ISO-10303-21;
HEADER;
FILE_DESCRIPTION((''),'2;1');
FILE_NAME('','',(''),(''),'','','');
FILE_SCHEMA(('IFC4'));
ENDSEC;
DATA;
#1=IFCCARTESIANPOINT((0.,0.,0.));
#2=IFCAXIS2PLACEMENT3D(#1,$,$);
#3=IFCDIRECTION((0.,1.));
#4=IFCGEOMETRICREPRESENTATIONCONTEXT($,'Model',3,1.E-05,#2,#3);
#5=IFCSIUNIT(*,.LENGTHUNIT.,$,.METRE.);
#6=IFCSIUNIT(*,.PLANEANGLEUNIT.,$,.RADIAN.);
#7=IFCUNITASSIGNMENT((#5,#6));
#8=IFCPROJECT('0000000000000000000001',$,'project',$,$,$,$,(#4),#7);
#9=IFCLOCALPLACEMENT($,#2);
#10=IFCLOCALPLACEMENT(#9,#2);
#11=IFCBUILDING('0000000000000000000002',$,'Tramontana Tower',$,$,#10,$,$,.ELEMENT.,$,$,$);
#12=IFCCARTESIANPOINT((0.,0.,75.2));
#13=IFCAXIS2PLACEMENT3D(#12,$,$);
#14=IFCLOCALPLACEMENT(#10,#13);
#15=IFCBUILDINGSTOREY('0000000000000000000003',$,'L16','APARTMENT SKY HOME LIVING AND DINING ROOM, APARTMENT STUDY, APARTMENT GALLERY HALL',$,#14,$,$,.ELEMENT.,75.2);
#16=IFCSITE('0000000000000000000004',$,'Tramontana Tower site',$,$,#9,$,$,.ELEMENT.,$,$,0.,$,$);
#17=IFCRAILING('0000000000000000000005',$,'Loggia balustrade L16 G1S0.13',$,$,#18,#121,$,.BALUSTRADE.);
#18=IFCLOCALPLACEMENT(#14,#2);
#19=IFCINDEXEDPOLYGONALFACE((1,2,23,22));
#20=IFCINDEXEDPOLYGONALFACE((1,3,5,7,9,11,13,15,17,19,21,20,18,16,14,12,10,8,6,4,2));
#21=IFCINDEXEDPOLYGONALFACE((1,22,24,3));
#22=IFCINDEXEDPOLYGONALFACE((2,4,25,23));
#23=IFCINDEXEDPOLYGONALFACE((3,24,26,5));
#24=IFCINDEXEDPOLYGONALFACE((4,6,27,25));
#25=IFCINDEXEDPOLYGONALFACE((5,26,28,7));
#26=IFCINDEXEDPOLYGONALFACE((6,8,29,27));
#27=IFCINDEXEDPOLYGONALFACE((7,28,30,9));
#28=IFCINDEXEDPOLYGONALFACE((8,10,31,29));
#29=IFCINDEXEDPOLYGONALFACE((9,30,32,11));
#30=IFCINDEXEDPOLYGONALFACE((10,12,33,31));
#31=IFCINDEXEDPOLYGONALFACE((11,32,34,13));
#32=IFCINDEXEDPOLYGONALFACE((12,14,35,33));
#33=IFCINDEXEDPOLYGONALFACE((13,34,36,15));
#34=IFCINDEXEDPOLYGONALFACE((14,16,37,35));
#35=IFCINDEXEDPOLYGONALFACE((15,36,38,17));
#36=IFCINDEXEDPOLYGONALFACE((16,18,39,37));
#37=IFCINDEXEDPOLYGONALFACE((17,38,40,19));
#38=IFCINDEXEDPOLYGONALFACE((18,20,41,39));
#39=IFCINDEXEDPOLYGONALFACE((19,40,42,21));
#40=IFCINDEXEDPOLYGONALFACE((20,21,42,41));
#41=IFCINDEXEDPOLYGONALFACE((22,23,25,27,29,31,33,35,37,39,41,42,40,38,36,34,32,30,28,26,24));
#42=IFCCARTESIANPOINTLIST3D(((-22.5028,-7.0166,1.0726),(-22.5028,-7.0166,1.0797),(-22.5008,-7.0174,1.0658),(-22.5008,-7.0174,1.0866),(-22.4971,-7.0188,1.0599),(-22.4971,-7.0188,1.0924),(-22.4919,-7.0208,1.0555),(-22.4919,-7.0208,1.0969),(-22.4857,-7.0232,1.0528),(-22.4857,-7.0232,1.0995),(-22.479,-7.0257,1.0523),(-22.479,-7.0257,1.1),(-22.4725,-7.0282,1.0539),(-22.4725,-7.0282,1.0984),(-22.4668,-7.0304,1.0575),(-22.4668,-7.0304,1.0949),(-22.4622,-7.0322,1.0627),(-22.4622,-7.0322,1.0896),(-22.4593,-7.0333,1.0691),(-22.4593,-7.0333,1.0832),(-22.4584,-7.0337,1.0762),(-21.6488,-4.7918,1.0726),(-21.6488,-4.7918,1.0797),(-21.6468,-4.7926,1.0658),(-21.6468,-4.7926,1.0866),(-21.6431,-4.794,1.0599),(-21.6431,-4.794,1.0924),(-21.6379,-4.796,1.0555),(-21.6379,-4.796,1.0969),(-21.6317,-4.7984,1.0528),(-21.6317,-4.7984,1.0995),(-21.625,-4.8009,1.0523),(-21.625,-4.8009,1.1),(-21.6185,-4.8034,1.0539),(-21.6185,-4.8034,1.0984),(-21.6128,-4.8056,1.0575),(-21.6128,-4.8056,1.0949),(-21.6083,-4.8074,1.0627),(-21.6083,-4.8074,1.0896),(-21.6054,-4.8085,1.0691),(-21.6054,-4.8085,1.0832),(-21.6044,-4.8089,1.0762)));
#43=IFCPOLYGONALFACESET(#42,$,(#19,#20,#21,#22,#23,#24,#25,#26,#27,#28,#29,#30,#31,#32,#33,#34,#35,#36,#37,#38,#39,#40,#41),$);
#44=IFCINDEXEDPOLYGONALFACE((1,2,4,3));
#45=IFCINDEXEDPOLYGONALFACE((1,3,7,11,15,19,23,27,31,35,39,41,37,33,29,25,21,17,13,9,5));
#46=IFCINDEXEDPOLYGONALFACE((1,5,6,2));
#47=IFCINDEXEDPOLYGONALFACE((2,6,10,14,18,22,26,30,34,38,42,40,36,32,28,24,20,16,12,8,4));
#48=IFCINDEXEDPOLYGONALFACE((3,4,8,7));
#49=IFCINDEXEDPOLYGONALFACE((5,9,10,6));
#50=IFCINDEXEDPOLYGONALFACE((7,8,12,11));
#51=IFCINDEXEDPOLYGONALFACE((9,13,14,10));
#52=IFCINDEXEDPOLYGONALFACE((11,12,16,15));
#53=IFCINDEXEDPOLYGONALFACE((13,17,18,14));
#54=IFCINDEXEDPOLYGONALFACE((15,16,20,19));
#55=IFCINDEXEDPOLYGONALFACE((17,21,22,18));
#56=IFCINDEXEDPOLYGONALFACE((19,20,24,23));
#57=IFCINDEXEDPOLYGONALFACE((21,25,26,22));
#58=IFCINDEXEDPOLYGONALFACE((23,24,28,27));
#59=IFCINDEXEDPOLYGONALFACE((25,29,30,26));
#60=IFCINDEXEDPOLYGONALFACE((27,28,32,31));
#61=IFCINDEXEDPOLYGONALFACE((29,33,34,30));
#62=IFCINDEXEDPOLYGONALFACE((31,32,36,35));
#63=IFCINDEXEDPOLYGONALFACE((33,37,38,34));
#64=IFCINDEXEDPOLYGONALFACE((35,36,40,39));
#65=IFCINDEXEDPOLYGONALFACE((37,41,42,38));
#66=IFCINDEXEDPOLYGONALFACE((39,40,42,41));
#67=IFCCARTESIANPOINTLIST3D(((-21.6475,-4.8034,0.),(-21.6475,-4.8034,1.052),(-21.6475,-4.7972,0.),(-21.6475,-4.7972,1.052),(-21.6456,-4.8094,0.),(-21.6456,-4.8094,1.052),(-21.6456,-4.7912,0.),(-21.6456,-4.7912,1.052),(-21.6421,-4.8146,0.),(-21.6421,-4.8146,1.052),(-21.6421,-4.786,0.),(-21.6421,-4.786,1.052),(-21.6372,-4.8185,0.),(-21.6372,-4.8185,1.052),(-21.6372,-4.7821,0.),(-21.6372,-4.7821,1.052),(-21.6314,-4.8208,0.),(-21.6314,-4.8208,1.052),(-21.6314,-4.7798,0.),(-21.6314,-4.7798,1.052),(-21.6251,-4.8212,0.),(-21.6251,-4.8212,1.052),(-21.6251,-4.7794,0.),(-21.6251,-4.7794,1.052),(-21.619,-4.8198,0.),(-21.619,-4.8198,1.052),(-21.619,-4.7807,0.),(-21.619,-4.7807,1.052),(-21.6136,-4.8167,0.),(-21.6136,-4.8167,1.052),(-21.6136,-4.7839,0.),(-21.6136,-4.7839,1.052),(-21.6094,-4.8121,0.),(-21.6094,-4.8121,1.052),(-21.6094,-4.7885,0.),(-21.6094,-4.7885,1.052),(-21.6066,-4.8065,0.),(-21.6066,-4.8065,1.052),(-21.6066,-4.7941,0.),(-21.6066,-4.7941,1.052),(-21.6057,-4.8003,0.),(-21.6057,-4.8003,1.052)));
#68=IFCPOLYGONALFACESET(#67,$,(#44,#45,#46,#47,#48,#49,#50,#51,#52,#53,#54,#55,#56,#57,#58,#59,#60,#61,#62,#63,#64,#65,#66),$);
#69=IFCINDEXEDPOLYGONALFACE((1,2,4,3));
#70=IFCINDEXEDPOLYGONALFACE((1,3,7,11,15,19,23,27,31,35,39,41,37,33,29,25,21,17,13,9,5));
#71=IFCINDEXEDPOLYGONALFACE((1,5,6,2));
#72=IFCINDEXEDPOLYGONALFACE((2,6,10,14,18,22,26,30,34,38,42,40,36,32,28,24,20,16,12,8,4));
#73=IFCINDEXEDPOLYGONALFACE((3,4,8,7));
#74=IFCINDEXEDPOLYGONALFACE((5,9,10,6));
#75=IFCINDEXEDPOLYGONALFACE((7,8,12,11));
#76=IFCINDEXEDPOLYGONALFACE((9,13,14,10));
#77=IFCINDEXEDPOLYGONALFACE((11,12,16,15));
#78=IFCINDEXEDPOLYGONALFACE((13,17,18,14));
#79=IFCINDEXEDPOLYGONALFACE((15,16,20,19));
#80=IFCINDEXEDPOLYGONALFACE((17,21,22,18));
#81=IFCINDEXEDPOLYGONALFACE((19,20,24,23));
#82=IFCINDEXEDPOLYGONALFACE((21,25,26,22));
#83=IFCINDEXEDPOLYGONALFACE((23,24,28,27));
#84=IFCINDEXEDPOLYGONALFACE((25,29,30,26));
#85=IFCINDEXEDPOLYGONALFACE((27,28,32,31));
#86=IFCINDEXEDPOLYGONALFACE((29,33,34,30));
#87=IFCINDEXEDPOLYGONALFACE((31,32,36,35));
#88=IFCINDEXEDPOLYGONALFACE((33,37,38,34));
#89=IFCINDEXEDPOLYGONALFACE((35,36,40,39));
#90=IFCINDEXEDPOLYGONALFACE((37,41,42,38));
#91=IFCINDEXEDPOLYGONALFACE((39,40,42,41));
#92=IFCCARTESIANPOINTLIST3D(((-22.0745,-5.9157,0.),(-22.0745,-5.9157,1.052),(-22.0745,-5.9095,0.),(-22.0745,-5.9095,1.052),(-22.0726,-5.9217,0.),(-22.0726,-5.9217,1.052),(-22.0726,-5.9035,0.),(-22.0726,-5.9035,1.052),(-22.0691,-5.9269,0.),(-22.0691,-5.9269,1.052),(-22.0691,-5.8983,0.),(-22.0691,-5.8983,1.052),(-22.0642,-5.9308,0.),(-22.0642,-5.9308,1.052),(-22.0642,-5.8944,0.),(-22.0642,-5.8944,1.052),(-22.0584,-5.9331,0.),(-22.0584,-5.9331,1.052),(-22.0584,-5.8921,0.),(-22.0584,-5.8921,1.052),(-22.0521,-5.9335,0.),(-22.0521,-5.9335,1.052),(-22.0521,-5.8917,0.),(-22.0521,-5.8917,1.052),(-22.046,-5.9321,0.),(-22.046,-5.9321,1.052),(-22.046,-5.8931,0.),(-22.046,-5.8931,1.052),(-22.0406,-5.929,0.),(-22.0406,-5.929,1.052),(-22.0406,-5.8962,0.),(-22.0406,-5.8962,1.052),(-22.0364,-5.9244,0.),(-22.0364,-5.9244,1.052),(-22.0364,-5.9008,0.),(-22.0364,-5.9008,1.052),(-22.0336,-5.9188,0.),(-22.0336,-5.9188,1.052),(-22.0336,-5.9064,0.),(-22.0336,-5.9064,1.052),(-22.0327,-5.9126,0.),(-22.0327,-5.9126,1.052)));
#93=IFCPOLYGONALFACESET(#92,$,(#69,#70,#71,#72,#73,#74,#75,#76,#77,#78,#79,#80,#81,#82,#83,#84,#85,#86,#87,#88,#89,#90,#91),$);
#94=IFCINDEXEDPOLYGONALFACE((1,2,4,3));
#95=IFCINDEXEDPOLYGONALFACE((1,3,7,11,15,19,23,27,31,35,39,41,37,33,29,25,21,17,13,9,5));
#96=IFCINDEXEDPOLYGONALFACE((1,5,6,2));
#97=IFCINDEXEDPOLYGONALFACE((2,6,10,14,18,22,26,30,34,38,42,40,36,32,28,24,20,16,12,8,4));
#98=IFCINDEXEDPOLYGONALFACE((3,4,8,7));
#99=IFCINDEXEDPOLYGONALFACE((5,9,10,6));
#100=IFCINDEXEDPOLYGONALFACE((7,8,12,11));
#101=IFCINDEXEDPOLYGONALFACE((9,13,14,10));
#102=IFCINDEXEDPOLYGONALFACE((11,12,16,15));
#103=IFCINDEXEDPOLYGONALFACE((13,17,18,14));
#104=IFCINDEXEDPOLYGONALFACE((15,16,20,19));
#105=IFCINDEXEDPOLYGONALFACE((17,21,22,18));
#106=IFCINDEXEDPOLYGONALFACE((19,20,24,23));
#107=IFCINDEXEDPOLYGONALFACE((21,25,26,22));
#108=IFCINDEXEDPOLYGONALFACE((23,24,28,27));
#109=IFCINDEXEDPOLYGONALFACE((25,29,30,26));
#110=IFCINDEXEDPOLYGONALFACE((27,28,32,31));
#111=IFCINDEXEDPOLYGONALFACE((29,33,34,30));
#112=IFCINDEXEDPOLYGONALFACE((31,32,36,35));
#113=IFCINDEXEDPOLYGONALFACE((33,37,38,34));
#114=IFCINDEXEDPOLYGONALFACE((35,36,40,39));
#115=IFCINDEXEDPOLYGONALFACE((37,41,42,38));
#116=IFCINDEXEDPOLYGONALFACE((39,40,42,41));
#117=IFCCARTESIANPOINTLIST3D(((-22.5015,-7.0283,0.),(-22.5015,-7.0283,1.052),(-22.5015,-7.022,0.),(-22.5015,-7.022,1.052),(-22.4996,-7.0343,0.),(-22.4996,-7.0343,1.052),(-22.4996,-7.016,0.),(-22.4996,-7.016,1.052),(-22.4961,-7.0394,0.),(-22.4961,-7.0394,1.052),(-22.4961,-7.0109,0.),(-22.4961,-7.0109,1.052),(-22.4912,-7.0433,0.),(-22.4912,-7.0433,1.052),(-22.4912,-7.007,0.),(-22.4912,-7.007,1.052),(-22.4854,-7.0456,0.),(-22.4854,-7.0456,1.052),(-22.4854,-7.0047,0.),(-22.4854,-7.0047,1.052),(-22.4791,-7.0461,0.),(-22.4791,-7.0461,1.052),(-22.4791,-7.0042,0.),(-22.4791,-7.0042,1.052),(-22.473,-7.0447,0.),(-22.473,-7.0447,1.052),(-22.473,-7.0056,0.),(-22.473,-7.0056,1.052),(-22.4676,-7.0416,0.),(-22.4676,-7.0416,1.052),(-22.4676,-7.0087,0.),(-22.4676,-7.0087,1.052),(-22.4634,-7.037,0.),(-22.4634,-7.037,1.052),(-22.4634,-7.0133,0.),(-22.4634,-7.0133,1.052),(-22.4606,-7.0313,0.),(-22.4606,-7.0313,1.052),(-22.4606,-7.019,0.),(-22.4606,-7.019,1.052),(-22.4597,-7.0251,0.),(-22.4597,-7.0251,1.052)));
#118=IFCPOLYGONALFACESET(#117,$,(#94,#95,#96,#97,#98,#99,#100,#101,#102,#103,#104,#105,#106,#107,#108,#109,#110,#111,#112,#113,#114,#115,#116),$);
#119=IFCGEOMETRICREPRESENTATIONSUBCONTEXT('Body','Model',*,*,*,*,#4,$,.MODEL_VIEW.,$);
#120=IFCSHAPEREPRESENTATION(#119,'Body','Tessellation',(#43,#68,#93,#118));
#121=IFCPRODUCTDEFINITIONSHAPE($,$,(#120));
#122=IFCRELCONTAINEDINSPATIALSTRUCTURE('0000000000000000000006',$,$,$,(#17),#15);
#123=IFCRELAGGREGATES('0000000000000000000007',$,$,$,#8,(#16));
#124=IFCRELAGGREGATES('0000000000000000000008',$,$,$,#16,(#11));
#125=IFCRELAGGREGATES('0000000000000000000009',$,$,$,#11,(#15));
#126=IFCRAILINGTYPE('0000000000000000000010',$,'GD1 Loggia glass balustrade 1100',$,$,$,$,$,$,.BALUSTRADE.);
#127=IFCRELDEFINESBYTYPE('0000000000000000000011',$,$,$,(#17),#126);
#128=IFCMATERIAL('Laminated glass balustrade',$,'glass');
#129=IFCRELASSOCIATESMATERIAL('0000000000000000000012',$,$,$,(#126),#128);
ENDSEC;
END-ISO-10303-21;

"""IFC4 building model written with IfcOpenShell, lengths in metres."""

from ifc_helpers import new_model, si_unit, direction, frame, origin, origin_2d, place, context, subcontext, project, spatial, circle, extrude, material, type_object, element, save


model = new_model("IFC4")

# Units and contexts
model_context = context("Model", 3, precision=1e-05, world=origin(), true_north=direction((0.0, 1.0)))
body_context = subcontext(model_context, "Body", "Model", "MODEL_VIEW")
ifc_project = project(units=[si_unit("LENGTHUNIT", "METRE"), si_unit("PLANEANGLEUNIT", "RADIAN")], contexts=[model_context])

# Site, building, storey
site_placement = place(None, origin())
site = spatial("IfcSite", under=ifc_project, at=site_placement, Name="Tramontana Tower site", CompositionType="ELEMENT", RefElevation=0.0)
building_placement = place(site_placement, origin())
building = spatial("IfcBuilding", under=site, at=building_placement, Name="Tramontana Tower", CompositionType="ELEMENT")
storey_placement = place(building_placement, frame((0.0, 0.0, 75.2)))
storey = spatial("IfcBuildingStorey", under=building, at=storey_placement, Name="L16", Description="APARTMENT SKY HOME LIVING AND DINING ROOM, APARTMENT STUDY, APARTMENT GALLERY HALL", CompositionType="ELEMENT", Elevation=75.2)

# Railing
ifc_material_1 = material(Name="Laminated glass balustrade", Category="glass")
railing_type = type_object("IfcRailingType", Name="GD1 Loggia glass balustrade 1100", PredefinedType="BALUSTRADE", material=ifc_material_1)
railing_1_placement = place(storey_placement, frame((-21.6267, -4.8003, 0.0)))
element("IfcRailing", 1, at=railing_1_placement, inside=storey, type_object=railing_type, Name="Loggia balustrade L16 G1S0.13", PredefinedType="BALUSTRADE", context=body_context, shape_type="SweptSolid", body=[
    extrude(circle(Radius=0.0239, at=origin_2d()), frame((0.0, 0.0, 1.0762), z_axis=(-0.358354, -0.933586, 0.0), x_axis=(0.933586, -0.358354, 0.0)), (0.0, 0.0, 1.0), 2.3831),
    extrude(circle(Radius=0.021, at=origin_2d()), origin(), (0.0, 0.0, 1.0), 1.052),
    extrude(circle(Radius=0.021, at=origin_2d()), frame((-0.427, -1.1123, 0.0)), (0.0, 0.0, 1.0), 1.052),
    extrude(circle(Radius=0.021, at=origin_2d()), frame((-0.854, -2.2249, 0.0)), (0.0, 0.0, 1.0), 1.052),
])

save(model, "model.ifc")
